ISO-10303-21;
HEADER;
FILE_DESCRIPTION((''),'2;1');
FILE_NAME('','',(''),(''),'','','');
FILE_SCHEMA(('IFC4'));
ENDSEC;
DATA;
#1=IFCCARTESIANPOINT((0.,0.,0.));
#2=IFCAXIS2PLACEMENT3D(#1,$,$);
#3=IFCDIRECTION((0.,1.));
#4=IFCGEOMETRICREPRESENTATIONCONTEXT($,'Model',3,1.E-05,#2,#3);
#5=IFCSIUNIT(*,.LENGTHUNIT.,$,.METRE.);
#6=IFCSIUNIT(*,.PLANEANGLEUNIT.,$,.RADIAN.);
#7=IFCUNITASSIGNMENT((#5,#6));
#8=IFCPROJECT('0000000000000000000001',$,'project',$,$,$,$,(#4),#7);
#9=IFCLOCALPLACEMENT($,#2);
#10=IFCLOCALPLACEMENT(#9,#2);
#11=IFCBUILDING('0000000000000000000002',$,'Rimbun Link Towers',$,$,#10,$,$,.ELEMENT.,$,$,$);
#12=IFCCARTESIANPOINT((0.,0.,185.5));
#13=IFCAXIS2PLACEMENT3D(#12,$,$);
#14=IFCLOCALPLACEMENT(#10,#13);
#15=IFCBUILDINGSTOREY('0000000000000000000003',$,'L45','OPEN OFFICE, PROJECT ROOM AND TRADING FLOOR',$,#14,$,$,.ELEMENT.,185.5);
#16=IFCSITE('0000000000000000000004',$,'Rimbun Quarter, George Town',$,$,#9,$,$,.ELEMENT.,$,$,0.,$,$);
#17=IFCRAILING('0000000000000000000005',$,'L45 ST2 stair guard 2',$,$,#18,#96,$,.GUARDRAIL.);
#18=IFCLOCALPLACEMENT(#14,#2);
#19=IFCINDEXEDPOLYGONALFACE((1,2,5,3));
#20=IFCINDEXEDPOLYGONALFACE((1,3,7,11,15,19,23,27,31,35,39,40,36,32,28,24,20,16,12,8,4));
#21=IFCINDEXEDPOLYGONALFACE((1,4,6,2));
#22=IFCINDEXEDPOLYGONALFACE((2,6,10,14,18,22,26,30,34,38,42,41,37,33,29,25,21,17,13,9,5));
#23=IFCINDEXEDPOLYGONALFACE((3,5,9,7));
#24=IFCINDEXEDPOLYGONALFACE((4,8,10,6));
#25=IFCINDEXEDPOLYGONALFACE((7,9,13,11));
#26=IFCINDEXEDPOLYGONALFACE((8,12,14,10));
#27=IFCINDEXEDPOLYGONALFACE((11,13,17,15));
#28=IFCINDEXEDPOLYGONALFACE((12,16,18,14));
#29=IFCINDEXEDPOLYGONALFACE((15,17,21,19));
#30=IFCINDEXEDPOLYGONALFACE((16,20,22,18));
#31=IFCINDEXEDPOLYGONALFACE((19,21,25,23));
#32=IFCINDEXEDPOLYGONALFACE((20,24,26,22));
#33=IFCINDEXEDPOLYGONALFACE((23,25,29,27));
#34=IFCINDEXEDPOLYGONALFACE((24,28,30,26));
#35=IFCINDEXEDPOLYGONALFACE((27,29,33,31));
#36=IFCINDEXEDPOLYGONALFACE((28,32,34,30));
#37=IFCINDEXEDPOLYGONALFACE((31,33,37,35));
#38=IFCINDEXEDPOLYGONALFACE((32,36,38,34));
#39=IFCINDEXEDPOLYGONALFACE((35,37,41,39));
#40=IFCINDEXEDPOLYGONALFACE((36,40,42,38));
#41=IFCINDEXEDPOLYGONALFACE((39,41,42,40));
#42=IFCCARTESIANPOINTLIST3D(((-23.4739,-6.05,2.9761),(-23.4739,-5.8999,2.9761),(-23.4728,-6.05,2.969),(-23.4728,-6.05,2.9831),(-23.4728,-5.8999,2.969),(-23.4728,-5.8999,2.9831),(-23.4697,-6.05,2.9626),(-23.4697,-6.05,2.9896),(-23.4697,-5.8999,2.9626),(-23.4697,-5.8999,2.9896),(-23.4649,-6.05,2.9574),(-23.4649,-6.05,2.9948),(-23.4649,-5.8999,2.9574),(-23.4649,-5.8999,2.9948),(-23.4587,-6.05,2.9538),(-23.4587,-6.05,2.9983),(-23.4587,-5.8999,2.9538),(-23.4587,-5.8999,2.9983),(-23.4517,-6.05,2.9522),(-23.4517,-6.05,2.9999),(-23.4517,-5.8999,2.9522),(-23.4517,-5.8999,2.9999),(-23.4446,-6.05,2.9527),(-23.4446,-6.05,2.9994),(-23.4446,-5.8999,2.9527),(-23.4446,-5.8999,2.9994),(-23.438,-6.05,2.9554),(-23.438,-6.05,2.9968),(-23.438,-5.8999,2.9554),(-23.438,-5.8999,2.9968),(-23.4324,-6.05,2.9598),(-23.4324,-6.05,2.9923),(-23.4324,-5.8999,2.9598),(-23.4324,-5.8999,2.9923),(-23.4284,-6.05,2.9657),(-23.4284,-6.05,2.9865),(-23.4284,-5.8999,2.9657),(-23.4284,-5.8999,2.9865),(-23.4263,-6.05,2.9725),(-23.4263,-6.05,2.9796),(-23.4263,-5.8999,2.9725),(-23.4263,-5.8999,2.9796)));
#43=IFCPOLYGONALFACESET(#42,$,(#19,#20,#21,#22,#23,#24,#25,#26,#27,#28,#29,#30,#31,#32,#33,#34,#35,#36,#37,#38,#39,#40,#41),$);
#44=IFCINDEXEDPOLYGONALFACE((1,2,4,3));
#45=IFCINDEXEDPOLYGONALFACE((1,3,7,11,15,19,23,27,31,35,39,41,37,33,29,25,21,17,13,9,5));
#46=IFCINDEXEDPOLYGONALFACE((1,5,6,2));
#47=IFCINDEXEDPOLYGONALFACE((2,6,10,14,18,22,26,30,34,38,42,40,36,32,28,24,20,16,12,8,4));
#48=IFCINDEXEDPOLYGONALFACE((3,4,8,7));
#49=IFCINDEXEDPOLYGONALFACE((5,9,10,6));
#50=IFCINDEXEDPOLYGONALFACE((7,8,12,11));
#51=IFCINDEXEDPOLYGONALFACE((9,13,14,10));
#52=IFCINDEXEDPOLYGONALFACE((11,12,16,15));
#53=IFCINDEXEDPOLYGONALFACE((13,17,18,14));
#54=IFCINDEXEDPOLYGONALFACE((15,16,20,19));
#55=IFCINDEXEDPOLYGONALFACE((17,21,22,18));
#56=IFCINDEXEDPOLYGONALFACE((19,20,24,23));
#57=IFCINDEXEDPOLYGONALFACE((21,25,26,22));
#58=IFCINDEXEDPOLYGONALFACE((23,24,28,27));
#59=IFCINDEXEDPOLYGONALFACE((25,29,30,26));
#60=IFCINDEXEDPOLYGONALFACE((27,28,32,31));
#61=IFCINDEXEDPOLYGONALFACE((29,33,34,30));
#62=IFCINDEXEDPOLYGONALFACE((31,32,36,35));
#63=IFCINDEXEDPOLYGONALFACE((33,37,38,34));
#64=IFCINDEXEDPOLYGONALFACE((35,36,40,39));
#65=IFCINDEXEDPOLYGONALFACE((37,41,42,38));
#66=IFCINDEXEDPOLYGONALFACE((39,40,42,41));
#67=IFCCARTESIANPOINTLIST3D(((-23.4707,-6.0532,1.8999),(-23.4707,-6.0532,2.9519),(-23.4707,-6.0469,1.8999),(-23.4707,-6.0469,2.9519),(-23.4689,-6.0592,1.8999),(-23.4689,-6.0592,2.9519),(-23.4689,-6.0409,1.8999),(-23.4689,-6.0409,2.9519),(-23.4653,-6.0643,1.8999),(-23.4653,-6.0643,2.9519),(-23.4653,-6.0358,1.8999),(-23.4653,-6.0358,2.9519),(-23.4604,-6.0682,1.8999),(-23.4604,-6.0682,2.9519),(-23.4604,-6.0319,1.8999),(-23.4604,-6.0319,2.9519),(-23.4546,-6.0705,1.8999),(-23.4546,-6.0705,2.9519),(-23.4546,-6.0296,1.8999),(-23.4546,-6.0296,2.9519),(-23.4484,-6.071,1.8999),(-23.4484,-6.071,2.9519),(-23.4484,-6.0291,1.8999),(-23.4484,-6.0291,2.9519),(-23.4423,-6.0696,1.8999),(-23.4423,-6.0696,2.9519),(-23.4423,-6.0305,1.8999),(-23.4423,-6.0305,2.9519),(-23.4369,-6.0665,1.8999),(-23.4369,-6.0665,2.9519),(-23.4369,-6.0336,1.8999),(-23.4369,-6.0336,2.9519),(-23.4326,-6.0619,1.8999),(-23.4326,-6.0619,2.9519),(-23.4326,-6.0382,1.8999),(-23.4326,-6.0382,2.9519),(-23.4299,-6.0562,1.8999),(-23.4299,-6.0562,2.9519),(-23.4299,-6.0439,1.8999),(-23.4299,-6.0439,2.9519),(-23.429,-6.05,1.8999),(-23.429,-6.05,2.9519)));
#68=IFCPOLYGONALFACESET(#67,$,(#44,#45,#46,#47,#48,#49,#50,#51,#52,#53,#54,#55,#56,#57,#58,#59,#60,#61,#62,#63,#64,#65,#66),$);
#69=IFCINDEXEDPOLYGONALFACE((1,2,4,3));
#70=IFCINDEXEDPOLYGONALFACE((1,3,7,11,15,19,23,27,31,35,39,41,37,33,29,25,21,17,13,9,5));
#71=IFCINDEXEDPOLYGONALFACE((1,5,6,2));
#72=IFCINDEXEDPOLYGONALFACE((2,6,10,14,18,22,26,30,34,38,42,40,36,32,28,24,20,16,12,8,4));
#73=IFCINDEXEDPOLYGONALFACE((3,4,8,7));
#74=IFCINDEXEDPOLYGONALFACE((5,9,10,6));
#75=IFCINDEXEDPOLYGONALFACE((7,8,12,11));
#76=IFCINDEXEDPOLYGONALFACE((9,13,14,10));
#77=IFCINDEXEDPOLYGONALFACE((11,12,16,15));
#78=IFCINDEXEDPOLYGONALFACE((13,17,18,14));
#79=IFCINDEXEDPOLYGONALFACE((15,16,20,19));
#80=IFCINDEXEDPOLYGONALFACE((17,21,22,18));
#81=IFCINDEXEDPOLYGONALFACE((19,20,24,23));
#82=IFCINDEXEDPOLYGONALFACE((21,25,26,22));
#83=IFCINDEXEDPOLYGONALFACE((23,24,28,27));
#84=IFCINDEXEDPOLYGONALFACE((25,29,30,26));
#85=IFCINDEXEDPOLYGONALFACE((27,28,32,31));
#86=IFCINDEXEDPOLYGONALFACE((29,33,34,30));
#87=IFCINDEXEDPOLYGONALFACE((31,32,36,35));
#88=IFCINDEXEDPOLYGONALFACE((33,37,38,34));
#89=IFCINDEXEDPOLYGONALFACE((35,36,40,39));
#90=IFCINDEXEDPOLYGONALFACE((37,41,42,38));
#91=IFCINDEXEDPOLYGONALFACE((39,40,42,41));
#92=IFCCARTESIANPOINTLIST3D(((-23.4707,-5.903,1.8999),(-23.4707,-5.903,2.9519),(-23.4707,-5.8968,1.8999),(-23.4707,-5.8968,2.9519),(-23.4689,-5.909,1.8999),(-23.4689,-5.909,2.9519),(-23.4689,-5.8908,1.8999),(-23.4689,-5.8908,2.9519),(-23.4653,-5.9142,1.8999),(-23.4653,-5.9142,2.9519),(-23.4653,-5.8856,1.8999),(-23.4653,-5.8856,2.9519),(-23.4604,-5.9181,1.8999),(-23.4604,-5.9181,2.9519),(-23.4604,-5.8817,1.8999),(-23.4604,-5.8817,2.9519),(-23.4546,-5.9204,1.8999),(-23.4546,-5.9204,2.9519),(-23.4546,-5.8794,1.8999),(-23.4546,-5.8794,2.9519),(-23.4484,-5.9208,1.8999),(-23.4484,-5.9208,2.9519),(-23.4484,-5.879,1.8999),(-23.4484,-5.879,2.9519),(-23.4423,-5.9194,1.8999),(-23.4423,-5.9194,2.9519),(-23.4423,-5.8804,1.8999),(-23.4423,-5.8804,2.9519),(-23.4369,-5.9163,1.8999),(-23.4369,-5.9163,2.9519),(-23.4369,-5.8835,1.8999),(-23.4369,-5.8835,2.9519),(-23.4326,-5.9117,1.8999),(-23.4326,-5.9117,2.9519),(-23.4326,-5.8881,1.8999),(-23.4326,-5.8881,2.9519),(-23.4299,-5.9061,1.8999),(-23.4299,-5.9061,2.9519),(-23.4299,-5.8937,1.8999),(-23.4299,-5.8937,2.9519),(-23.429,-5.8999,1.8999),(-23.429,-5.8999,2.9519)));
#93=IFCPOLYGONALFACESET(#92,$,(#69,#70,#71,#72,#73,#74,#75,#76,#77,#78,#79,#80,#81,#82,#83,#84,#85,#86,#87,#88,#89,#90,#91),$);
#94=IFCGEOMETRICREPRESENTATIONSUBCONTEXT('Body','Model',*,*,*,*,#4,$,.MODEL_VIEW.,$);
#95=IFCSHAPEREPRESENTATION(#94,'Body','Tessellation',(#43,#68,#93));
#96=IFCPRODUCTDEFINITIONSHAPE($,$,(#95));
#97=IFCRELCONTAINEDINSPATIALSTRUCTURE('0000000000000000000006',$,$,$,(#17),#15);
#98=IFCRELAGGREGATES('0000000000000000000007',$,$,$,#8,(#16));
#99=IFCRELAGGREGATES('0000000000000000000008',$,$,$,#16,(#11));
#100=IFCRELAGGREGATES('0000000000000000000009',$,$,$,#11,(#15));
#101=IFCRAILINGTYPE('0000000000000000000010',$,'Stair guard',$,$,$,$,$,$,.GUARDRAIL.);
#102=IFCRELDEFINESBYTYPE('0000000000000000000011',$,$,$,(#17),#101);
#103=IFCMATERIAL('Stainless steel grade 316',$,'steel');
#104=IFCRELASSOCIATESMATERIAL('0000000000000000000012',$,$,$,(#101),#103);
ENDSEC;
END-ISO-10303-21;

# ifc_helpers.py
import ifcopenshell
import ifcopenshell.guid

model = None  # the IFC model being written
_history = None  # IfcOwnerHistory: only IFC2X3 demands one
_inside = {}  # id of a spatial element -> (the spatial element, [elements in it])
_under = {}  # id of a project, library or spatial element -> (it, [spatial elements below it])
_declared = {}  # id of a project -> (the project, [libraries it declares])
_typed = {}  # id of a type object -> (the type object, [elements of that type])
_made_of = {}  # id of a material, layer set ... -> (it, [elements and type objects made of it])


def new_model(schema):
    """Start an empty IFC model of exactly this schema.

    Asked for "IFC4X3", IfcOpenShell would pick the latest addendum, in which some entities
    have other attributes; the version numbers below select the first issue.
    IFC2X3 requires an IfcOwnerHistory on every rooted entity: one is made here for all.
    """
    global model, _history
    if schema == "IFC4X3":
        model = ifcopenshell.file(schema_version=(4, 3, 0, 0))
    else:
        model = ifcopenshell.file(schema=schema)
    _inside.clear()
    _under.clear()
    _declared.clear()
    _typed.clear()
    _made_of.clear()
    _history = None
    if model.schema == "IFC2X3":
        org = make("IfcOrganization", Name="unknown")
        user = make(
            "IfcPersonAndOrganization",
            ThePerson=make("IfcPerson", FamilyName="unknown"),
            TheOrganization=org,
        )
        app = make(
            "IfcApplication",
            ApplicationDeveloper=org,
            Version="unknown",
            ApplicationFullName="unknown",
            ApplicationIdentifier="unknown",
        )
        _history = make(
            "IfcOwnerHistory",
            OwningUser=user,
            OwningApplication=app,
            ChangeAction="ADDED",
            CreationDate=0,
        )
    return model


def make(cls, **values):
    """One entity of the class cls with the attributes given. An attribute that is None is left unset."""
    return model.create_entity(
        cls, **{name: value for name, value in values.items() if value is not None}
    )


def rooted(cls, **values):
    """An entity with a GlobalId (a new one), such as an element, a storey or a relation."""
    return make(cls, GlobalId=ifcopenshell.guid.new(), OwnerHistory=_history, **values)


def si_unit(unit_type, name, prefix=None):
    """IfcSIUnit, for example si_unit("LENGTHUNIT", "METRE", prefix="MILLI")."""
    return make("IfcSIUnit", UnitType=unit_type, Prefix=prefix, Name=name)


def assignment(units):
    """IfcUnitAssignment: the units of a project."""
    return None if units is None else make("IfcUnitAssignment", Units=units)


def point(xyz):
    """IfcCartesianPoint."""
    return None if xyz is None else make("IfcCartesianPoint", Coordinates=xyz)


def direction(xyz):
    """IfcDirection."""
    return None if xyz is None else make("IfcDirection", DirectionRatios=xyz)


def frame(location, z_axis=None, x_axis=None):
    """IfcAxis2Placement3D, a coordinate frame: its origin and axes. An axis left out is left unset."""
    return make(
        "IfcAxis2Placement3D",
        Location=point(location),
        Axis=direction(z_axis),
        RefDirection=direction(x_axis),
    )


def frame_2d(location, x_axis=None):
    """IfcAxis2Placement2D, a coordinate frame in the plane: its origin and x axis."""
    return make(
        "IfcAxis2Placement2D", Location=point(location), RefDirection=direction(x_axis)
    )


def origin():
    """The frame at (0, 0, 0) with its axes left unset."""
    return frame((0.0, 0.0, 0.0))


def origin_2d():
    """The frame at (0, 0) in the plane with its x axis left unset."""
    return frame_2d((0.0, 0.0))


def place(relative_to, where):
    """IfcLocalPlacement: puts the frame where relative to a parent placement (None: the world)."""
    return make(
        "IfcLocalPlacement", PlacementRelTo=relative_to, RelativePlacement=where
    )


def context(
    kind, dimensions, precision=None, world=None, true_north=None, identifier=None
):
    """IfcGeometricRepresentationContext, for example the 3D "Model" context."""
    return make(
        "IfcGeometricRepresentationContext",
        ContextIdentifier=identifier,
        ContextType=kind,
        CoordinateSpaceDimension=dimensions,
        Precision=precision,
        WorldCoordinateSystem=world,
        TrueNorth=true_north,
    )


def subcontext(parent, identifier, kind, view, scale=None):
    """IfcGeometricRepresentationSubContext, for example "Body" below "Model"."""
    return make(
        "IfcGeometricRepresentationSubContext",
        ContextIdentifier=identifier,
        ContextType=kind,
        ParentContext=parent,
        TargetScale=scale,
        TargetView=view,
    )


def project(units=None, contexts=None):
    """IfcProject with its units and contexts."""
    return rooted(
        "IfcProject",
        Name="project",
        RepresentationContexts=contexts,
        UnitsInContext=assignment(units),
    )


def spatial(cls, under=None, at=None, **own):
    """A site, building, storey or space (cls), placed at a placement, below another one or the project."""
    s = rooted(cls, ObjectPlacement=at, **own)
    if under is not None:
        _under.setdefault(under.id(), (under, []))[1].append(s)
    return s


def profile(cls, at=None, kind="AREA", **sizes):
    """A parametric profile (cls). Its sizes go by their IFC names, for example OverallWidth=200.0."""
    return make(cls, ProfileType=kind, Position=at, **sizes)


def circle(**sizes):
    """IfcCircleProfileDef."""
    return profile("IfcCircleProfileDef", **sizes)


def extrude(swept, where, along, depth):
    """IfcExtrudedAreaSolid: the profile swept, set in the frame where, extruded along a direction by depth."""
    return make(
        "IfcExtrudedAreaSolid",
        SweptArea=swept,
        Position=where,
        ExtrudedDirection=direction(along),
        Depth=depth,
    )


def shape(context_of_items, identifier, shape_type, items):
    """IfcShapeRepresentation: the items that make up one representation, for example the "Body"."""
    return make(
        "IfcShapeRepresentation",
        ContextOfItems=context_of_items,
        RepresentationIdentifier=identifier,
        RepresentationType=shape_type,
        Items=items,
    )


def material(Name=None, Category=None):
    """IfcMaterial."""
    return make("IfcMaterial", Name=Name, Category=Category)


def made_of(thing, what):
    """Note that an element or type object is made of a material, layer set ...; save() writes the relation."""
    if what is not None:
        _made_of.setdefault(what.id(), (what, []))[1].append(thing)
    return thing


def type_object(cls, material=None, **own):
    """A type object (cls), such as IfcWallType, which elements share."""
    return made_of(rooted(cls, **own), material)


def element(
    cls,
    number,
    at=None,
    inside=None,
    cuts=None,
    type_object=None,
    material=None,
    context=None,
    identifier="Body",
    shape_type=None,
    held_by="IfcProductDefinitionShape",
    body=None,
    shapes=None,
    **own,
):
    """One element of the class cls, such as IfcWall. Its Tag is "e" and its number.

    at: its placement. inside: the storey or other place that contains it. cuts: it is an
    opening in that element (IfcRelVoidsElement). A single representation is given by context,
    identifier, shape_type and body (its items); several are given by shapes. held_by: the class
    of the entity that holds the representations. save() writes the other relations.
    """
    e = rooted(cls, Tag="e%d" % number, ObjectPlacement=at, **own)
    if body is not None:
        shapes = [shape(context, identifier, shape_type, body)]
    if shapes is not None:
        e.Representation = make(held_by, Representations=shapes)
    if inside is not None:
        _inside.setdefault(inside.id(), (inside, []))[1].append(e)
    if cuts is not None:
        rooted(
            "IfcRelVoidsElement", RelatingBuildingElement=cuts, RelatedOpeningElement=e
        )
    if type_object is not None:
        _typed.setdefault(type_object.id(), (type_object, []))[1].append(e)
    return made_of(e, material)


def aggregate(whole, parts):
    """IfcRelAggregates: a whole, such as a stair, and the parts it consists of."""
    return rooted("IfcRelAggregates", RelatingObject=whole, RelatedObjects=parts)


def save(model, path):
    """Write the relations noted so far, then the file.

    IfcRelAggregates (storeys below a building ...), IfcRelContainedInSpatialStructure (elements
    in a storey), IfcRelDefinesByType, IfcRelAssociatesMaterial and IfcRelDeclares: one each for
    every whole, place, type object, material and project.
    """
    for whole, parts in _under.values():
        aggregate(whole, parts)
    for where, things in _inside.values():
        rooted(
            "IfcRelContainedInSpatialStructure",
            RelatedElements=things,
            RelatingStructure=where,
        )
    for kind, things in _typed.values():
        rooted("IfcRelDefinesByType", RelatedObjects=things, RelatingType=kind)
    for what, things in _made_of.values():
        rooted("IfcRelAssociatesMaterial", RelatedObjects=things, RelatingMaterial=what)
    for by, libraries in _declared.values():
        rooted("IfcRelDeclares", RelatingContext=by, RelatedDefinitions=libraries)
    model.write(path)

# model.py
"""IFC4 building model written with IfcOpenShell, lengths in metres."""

from ifc_helpers import new_model, si_unit, direction, frame, origin, origin_2d, place, context, subcontext, project, spatial, circle, extrude, material, type_object, element, save


model = new_model("IFC4")

# Units and contexts
model_context = context("Model", 3, precision=1e-05, world=origin(), true_north=direction((0.0, 1.0)))
body_context = subcontext(model_context, "Body", "Model", "MODEL_VIEW")
ifc_project = project(units=[si_unit("LENGTHUNIT", "METRE"), si_unit("PLANEANGLEUNIT", "RADIAN")], contexts=[model_context])

# Site, building, storey
site_placement = place(None, origin())
site = spatial("IfcSite", under=ifc_project, at=site_placement, Name="Rimbun Quarter, George Town", CompositionType="ELEMENT", RefElevation=0.0)
building_placement = place(site_placement, origin())
building = spatial("IfcBuilding", under=site, at=building_placement, Name="Rimbun Link Towers", CompositionType="ELEMENT")
storey_placement = place(building_placement, frame((0.0, 0.0, 185.5)))
storey = spatial("IfcBuildingStorey", under=building, at=storey_placement, Name="L45", Description="OPEN OFFICE, PROJECT ROOM AND TRADING FLOOR", CompositionType="ELEMENT", Elevation=185.5)

# Railing
ifc_material_1 = material(Name="Stainless steel grade 316", Category="steel")
railing_type_1 = type_object("IfcRailingType", Name="Stair guard", PredefinedType="GUARDRAIL", material=ifc_material_1)
railing_1_placement = place(storey_placement, frame((-23.45, -6.05, 1.8999)))
element("IfcRailing", 1, at=railing_1_placement, inside=storey, type_object=railing_type_1, Name="L45 ST2 stair guard 2", PredefinedType="GUARDRAIL", context=body_context, shape_type="SweptSolid", body=[
    extrude(circle(Radius=0.0239, at=origin_2d()), frame((0.0, 0.0, 1.0762), z_axis=(0.0, 1.0, 0.0), x_axis=(-1.0, 0.0, 0.0)), (0.0, 0.0, 1.0), 0.1501),
    extrude(circle(Radius=0.021, at=origin_2d()), origin(), (0.0, 0.0, 1.0), 1.052),
    extrude(circle(Radius=0.021, at=origin_2d()), frame((0.0, 0.1501, 0.0)), (0.0, 0.0, 1.0), 1.052),
])

save(model, "model.ifc")
